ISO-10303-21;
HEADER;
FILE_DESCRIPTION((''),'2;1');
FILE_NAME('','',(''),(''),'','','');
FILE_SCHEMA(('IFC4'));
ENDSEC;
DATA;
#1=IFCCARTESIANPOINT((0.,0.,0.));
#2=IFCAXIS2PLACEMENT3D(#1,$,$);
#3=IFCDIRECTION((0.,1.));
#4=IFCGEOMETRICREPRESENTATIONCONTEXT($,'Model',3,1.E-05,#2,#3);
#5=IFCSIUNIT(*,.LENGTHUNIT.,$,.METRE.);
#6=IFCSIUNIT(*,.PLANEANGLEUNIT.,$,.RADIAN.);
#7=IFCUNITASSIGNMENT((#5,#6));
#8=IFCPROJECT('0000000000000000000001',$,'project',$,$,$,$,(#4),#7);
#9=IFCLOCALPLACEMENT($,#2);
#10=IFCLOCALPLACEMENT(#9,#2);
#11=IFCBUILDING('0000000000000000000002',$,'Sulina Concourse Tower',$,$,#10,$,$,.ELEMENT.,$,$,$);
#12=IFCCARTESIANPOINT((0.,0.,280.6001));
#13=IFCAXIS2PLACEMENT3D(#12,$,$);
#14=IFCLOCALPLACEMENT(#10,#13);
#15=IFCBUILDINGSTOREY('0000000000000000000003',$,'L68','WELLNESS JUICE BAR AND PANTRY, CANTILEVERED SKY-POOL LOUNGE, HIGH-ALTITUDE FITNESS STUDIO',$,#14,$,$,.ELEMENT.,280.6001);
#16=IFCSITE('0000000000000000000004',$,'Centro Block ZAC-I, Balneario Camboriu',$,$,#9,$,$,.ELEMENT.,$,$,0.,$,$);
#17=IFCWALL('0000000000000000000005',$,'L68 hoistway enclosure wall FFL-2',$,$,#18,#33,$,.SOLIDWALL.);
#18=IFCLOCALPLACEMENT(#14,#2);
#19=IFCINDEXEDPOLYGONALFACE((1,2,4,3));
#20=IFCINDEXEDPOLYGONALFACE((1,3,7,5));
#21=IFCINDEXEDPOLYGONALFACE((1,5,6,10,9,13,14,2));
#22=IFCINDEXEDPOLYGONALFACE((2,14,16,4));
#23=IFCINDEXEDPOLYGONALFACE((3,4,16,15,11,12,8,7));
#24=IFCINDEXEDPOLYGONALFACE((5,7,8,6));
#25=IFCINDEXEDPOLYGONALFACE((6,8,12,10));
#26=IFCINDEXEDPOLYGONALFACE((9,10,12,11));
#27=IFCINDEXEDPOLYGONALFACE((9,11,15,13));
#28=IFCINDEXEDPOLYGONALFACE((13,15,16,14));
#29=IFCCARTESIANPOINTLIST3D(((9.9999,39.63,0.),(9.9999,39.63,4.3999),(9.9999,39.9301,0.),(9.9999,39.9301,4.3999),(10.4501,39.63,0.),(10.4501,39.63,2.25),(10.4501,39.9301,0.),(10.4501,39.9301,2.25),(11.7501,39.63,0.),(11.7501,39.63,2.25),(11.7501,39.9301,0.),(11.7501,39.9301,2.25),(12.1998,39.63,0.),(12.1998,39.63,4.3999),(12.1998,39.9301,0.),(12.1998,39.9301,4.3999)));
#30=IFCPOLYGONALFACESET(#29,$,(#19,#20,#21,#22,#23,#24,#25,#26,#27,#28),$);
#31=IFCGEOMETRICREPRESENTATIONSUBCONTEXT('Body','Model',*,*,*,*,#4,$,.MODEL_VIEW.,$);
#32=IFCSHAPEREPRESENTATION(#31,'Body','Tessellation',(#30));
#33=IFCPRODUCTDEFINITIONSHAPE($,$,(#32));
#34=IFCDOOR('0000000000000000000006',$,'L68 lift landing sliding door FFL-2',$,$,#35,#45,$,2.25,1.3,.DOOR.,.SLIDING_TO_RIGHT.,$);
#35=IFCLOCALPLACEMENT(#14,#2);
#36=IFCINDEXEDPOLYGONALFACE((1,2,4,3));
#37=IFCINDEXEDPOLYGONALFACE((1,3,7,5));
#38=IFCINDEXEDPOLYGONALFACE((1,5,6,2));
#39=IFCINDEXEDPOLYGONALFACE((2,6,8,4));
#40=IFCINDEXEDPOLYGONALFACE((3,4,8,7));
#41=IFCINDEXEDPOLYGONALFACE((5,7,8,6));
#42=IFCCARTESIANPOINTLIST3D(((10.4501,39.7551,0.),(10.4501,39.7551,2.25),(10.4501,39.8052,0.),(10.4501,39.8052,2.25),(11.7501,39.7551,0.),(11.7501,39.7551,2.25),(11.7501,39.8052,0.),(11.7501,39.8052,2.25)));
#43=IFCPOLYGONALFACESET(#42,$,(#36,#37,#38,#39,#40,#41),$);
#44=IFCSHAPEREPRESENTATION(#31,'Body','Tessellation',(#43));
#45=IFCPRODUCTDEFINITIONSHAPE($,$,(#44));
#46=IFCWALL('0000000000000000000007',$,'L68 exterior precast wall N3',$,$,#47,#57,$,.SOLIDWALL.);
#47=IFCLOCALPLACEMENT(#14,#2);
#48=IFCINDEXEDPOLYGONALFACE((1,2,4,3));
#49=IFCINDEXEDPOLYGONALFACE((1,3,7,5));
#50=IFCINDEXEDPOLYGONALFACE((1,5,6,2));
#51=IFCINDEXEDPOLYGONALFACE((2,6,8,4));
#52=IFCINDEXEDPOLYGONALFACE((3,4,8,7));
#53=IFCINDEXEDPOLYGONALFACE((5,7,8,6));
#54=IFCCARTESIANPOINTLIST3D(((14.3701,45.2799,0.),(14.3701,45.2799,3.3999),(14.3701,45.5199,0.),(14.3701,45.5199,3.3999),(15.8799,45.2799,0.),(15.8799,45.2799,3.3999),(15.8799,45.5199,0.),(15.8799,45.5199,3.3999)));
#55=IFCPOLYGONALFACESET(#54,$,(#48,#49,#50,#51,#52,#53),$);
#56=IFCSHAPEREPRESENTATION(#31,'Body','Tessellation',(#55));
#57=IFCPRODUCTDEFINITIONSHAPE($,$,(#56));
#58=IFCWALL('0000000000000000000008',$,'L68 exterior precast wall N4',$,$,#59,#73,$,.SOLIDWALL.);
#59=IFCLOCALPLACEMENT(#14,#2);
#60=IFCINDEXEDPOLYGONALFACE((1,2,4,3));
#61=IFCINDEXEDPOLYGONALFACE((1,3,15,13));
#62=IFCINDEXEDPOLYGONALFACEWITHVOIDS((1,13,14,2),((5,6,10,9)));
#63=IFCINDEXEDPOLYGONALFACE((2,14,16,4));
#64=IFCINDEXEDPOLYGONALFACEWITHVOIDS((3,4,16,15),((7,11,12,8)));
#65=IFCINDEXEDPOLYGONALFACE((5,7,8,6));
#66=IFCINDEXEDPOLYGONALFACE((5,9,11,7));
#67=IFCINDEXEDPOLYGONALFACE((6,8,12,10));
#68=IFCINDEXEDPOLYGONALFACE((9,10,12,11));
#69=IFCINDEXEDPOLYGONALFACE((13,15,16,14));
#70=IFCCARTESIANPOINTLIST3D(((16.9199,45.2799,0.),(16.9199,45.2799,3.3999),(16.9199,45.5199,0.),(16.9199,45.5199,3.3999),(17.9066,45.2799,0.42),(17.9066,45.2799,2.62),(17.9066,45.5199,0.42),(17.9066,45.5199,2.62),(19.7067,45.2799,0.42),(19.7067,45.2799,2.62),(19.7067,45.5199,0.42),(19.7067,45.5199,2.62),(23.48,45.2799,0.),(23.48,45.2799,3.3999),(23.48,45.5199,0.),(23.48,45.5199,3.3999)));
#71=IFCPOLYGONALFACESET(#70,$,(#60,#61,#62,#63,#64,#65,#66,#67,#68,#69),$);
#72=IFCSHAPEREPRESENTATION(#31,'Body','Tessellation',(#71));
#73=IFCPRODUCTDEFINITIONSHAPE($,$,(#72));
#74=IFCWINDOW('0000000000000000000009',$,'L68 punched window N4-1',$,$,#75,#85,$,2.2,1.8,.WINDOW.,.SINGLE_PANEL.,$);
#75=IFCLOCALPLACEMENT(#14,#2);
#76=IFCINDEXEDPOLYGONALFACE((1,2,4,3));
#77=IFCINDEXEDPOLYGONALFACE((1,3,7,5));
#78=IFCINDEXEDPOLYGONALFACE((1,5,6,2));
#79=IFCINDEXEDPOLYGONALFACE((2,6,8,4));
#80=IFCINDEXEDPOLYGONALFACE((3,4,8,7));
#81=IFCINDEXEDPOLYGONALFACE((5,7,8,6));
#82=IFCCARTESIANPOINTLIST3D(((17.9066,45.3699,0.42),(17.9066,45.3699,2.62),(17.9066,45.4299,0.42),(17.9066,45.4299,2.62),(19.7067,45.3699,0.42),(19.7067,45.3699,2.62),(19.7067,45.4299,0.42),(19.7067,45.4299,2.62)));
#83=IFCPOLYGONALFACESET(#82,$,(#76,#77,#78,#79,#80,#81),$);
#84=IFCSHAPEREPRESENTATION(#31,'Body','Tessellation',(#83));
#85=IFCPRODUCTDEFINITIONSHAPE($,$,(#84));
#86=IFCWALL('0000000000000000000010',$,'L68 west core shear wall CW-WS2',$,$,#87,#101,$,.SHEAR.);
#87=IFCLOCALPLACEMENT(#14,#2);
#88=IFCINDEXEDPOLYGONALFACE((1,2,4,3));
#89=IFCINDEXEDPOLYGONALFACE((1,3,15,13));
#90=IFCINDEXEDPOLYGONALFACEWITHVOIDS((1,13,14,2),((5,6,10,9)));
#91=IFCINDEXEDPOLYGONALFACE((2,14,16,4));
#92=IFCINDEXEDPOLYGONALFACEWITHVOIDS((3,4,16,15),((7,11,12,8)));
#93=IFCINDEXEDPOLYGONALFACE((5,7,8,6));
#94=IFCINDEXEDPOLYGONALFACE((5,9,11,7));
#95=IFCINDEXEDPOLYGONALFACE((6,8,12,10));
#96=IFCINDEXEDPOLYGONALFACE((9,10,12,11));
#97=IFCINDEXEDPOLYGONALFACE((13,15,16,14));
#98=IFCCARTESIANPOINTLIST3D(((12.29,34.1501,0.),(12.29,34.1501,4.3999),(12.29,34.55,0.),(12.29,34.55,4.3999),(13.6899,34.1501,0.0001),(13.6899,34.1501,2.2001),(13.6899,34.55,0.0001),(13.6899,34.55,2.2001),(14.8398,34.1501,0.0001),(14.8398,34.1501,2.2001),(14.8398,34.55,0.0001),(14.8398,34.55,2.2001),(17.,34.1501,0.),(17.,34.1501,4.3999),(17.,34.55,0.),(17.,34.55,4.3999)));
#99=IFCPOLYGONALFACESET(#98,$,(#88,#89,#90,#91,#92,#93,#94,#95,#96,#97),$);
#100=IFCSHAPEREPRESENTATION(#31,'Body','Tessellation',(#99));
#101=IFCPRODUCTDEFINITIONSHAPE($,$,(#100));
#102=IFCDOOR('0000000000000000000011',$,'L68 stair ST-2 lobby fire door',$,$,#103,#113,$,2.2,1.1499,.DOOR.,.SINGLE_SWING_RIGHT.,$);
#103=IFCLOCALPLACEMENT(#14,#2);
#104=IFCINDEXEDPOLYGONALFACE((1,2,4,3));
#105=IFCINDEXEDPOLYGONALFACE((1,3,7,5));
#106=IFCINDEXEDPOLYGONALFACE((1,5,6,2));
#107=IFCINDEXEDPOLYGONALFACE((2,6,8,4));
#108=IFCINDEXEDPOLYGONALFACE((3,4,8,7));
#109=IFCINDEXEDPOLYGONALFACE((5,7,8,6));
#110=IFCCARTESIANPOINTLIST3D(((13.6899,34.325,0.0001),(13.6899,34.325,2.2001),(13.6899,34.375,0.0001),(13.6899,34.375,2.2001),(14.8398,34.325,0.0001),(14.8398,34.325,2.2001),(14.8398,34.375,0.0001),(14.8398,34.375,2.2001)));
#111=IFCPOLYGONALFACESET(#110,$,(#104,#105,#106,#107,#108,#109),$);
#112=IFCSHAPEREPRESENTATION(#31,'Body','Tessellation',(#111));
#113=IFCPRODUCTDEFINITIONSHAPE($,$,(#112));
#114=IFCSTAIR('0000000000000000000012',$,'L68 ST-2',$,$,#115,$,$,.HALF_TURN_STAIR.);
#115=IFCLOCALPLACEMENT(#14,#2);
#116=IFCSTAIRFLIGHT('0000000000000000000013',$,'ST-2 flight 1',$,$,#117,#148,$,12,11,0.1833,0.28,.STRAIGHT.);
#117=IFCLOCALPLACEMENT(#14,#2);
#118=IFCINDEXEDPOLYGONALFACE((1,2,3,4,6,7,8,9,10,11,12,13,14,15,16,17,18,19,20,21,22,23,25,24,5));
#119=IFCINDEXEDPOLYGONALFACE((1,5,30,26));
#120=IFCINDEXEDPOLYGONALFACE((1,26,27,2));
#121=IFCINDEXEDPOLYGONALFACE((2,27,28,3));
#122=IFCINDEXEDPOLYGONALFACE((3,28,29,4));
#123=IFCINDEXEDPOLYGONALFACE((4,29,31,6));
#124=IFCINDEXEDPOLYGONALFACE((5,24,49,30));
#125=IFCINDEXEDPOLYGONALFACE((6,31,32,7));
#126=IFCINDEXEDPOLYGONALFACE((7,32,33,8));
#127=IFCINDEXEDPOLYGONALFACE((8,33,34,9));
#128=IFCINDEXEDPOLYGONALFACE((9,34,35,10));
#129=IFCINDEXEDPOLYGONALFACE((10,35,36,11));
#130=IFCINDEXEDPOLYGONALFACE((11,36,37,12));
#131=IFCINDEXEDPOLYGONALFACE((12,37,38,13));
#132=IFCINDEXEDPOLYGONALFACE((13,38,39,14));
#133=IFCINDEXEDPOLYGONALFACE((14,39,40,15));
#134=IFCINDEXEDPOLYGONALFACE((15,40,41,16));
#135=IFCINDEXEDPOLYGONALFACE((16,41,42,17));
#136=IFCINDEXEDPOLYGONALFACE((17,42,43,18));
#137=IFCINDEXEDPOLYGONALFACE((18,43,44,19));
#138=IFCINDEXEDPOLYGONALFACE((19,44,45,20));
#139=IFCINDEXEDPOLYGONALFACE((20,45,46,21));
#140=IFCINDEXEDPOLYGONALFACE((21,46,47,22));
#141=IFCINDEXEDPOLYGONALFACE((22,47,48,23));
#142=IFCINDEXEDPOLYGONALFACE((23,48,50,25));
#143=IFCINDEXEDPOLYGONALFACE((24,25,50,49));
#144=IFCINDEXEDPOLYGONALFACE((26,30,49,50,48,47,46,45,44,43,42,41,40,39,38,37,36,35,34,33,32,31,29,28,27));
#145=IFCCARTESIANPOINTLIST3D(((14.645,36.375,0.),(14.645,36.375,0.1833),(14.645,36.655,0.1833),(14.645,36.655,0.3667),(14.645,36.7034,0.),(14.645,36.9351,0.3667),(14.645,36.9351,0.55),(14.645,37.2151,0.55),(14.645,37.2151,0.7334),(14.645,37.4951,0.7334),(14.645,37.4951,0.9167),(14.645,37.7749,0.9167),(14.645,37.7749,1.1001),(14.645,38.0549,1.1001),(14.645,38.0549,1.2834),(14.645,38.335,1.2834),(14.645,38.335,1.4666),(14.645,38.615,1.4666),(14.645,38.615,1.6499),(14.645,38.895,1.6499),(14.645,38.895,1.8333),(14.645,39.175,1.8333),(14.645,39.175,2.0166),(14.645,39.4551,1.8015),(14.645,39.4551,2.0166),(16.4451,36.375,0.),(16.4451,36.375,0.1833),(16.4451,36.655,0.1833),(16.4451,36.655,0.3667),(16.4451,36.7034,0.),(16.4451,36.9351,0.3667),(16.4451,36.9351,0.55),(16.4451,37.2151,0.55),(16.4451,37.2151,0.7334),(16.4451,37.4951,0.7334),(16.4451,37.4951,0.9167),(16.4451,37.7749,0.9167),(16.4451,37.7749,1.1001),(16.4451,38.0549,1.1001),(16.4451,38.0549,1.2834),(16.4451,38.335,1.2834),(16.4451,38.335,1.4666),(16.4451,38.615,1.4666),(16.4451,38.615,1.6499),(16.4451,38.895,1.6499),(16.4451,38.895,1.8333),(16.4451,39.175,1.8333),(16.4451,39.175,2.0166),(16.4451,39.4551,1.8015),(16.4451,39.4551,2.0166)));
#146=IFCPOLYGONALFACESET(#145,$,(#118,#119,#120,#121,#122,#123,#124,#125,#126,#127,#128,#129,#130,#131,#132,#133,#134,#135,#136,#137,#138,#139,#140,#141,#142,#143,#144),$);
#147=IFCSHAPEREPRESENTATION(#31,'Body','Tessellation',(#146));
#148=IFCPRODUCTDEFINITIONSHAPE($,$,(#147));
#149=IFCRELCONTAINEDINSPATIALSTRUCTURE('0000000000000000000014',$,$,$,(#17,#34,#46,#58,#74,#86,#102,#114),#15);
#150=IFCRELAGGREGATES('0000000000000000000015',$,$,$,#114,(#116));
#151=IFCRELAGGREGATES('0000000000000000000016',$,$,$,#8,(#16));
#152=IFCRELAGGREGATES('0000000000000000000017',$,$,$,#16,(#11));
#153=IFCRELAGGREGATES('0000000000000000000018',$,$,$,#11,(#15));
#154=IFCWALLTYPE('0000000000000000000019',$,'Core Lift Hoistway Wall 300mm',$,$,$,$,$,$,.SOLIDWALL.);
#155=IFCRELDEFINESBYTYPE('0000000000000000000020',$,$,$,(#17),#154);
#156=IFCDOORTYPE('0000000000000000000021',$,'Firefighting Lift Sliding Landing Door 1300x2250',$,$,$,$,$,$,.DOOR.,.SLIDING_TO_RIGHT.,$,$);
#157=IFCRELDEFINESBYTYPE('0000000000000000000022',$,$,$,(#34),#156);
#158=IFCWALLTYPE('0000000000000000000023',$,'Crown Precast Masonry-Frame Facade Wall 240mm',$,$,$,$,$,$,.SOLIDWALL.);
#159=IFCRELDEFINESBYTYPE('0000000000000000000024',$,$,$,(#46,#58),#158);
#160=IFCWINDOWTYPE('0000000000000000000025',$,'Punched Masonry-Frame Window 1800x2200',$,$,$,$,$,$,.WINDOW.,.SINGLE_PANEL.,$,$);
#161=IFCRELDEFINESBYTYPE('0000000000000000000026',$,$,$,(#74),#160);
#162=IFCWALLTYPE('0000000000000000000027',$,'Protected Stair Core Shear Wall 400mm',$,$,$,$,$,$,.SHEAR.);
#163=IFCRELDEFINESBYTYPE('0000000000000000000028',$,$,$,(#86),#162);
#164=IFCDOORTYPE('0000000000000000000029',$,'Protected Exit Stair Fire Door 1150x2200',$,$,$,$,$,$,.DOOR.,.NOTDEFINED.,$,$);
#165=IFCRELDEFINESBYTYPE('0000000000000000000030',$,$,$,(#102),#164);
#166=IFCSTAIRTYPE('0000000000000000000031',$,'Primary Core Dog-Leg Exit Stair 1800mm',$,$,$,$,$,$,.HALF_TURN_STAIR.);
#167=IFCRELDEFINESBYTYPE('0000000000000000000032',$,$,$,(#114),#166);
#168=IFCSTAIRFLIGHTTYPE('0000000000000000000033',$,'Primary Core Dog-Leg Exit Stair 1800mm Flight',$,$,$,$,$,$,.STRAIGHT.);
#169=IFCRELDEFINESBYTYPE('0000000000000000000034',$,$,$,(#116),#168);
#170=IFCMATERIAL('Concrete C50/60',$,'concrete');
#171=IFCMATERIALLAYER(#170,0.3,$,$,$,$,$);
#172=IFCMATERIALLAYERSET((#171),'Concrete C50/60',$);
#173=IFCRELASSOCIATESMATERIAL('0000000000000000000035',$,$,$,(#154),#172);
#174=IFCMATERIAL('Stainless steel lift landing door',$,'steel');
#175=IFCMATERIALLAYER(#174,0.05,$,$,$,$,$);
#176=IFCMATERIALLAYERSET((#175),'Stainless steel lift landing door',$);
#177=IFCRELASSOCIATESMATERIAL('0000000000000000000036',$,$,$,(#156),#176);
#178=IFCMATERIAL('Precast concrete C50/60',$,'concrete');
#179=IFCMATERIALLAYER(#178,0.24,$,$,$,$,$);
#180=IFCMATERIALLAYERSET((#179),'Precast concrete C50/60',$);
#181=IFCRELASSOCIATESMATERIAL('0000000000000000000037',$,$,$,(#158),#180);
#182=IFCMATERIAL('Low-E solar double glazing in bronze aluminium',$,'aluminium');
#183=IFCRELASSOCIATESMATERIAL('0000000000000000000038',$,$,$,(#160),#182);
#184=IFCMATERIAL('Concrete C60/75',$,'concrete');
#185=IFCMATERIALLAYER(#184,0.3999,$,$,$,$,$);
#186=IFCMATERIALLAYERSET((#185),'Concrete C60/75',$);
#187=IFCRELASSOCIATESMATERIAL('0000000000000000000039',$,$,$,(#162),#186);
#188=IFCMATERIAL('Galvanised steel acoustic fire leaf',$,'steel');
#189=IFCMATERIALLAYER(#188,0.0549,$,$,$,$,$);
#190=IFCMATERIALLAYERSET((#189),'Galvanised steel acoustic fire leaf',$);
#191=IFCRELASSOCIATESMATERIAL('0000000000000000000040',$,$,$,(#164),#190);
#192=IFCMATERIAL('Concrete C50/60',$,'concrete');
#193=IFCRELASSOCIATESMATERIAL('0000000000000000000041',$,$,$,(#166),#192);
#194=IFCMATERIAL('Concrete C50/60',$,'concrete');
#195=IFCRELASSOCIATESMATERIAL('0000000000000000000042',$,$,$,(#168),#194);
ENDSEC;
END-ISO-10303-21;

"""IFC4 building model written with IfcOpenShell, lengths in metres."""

from ifc_helpers import new_model, si_unit, direction, frame, frame_2d, origin, place, context, subcontext, project, spatial, polyline, rectangle, outline, extrude, material, layer, layer_set, type_object, element, fill, aggregate, save


model = new_model("IFC4")

# Units and contexts
model_context = context("Model", 3, precision=1e-05, world=origin(), true_north=direction((0.0, 1.0)))
body_context = subcontext(model_context, "Body", "Model", "MODEL_VIEW")
ifc_project = project(units=[si_unit("LENGTHUNIT", "METRE"), si_unit("PLANEANGLEUNIT", "RADIAN")], contexts=[model_context])

# Site, building, storey
site_placement = place(None, origin())
site = spatial("IfcSite", under=ifc_project, at=site_placement, Name="Centro Block ZAC-I, Balneario Camboriu", CompositionType="ELEMENT", RefElevation=0.0)
building_placement = place(site_placement, origin())
building = spatial("IfcBuilding", under=site, at=building_placement, Name="Sulina Concourse Tower", CompositionType="ELEMENT")
storey_placement = place(building_placement, frame((0.0, 0.0, 280.6001)))
storey = spatial("IfcBuildingStorey", under=building, at=storey_placement, Name="L68", Description="WELLNESS JUICE BAR AND PANTRY, CANTILEVERED SKY-POOL LOUNGE, HIGH-ALTITUDE FITNESS STUDIO", CompositionType="ELEMENT", Elevation=280.6001)

# Wall, opening, door
ifc_material_1 = material(Name="Concrete C50/60", Category="concrete")
ifc_layer_1 = layer(ifc_material_1, 0.3)
ifc_layer_set_1 = layer_set([ifc_layer_1], Name="Concrete C50/60")
wall_type_1 = type_object("IfcWallType", Name="Core Lift Hoistway Wall 300mm", PredefinedType="SOLIDWALL", material=ifc_layer_set_1)
ifc_material_2 = material(Name="Stainless steel lift landing door", Category="steel")
ifc_layer_2 = layer(ifc_material_2, 0.05)
ifc_layer_set_2 = layer_set([ifc_layer_2], Name="Stainless steel lift landing door")
door_type_1 = type_object("IfcDoorType", Name="Firefighting Lift Sliding Landing Door 1300x2250", OperationType="SLIDING_TO_RIGHT", PredefinedType="DOOR", material=ifc_layer_set_2)
wall_1_placement = place(storey_placement, frame((12.2, 39.78, 0.0), z_axis=(0.0, 0.0, 1.0), x_axis=(-1.0, 0.0, 0.0)))
wall_1 = element("IfcWall", 1, at=wall_1_placement, inside=storey, type_object=wall_type_1, Name="L68 hoistway enclosure wall FFL-2", PredefinedType="SOLIDWALL", context=body_context, shape_type="SweptSolid", body=[
    extrude(rectangle(XDim=2.2, YDim=0.3, at=frame_2d((1.1001, 0.0))), origin(), (0.0, 0.0, 1.0), 4.3999),
])
opening_1_placement = place(wall_1_placement, frame((0.45, 0.0, 0.0)))
opening_1 = element("IfcOpeningElement", 2, at=opening_1_placement, cuts=wall_1, PredefinedType="OPENING", context=body_context, shape_type="SweptSolid", body=[
    extrude(rectangle(XDim=1.3, YDim=2.25, at=frame_2d((0.6499, 1.125))), frame((0.0, 0.1599, 0.0), z_axis=(0.0, -1.0, 0.0), x_axis=(1.0, 0.0, 0.0)), (0.0, 0.0, 1.0), 0.3201),
])
door_1_placement = place(opening_1_placement, origin())
door_1 = element("IfcDoor", 3, at=door_1_placement, inside=storey, type_object=door_type_1, Name="L68 lift landing sliding door FFL-2", OperationType="SLIDING_TO_RIGHT", OverallHeight=2.25, OverallWidth=1.3, PredefinedType="DOOR", context=body_context, shape_type="SweptSolid", body=[
    extrude(rectangle(XDim=1.3, YDim=2.25, at=frame_2d((0.6499, 1.125))), frame((0.0, 0.0249, 0.0), z_axis=(0.0, -1.0, 0.0), x_axis=(1.0, 0.0, 0.0)), (0.0, 0.0, 1.0), 0.05),
])
fill(opening_1, door_1)

# Wall
ifc_material_3 = material(Name="Precast concrete C50/60", Category="concrete")
ifc_layer_3 = layer(ifc_material_3, 0.24)
ifc_layer_set_3 = layer_set([ifc_layer_3], Name="Precast concrete C50/60")
wall_type_2 = type_object("IfcWallType", Name="Crown Precast Masonry-Frame Facade Wall 240mm", PredefinedType="SOLIDWALL", material=ifc_layer_set_3)
wall_2_placement = place(storey_placement, frame((14.3701, 45.3999, 0.0), z_axis=(0.0, 0.0, 1.0), x_axis=(1.0, 0.0, 0.0)))
element("IfcWall", 4, at=wall_2_placement, inside=storey, type_object=wall_type_2, Name="L68 exterior precast wall N3", PredefinedType="SOLIDWALL", context=body_context, shape_type="SweptSolid", body=[
    extrude(rectangle(XDim=1.5098, YDim=0.24, at=frame_2d((0.7549, 0.0))), origin(), (0.0, 0.0, 1.0), 3.3999),
])

# Wall, opening, window
wall_3_placement = place(storey_placement, frame((16.9199, 45.3999, 0.0), z_axis=(0.0, 0.0, 1.0), x_axis=(1.0, 0.0, 0.0)))
wall_3 = element("IfcWall", 5, at=wall_3_placement, inside=storey, type_object=wall_type_2, Name="L68 exterior precast wall N4", PredefinedType="SOLIDWALL", context=body_context, shape_type="SweptSolid", body=[
    extrude(rectangle(XDim=6.5601, YDim=0.24, at=frame_2d((3.28, 0.0))), origin(), (0.0, 0.0, 1.0), 3.3999),
])
opening_2_placement = place(wall_3_placement, frame((0.9868, 0.0, 0.4199)))
opening_2 = element("IfcOpeningElement", 6, at=opening_2_placement, cuts=wall_3, PredefinedType="OPENING", context=body_context, shape_type="SweptSolid", body=[
    extrude(rectangle(XDim=1.8, YDim=2.2, at=frame_2d((0.8999, 1.1001))), frame((0.0, 0.1299, 0.0), z_axis=(0.0, -1.0, 0.0), x_axis=(1.0, 0.0, 0.0)), (0.0, 0.0, 1.0), 0.26),
])
ifc_material_4 = material(Name="Low-E solar double glazing in bronze aluminium", Category="aluminium")
window_type = type_object("IfcWindowType", Name="Punched Masonry-Frame Window 1800x2200", PartitioningType="SINGLE_PANEL", PredefinedType="WINDOW", material=ifc_material_4)
window_placement = place(opening_2_placement, origin())
window = element("IfcWindow", 7, at=window_placement, inside=storey, type_object=window_type, Name="L68 punched window N4-1", OverallHeight=2.2, OverallWidth=1.8, PartitioningType="SINGLE_PANEL", PredefinedType="WINDOW", context=body_context, shape_type="SweptSolid", body=[
    extrude(rectangle(XDim=1.8, YDim=2.2, at=frame_2d((0.8999, 1.1001))), frame((0.0, 0.03, 0.0), z_axis=(0.0, -1.0, 0.0), x_axis=(1.0, 0.0, 0.0)), (0.0, 0.0, 1.0), 0.0601),
])
fill(opening_2, window)

# Wall, opening, door
ifc_material_5 = material(Name="Concrete C60/75", Category="concrete")
ifc_layer_4 = layer(ifc_material_5, 0.3999)
ifc_layer_set_4 = layer_set([ifc_layer_4], Name="Concrete C60/75")
wall_type_3 = type_object("IfcWallType", Name="Protected Stair Core Shear Wall 400mm", PredefinedType="SHEAR", material=ifc_layer_set_4)
wall_4_placement = place(storey_placement, frame((12.29, 34.3501, 0.0), z_axis=(0.0, 0.0, 1.0), x_axis=(1.0, 0.0, 0.0)))
wall_4 = element("IfcWall", 8, at=wall_4_placement, inside=storey, type_object=wall_type_3, Name="L68 west core shear wall CW-WS2", PredefinedType="SHEAR", context=body_context, shape_type="SweptSolid", body=[
    extrude(rectangle(XDim=4.71, YDim=0.3999, at=frame_2d((2.355, 0.0))), origin(), (0.0, 0.0, 1.0), 4.3999),
])
opening_3_placement = place(wall_4_placement, frame((1.3999, 0.0, 0.0)))
opening_3 = element("IfcOpeningElement", 9, at=opening_3_placement, cuts=wall_4, PredefinedType="OPENING", context=body_context, shape_type="SweptSolid", body=[
    extrude(rectangle(XDim=1.1499, YDim=2.2, at=frame_2d((0.575, 1.1001))), frame((0.0, 0.21, 0.0), z_axis=(0.0, -1.0, 0.0), x_axis=(1.0, 0.0, 0.0)), (0.0, 0.0, 1.0), 0.4199),
])
ifc_material_6 = material(Name="Galvanised steel acoustic fire leaf", Category="steel")
ifc_layer_5 = layer(ifc_material_6, 0.0549)
ifc_layer_set_5 = layer_set([ifc_layer_5], Name="Galvanised steel acoustic fire leaf")
door_type_2 = type_object("IfcDoorType", Name="Protected Exit Stair Fire Door 1150x2200", OperationType="NOTDEFINED", PredefinedType="DOOR", material=ifc_layer_set_5)
door_2_placement = place(opening_3_placement, origin())
door_2 = element("IfcDoor", 10, at=door_2_placement, inside=storey, type_object=door_type_2, Name="L68 stair ST-2 lobby fire door", OperationType="SINGLE_SWING_RIGHT", OverallHeight=2.2, OverallWidth=1.1499, PredefinedType="DOOR", context=body_context, shape_type="SweptSolid", body=[
    extrude(rectangle(XDim=1.1499, YDim=2.2, at=frame_2d((0.575, 1.1001))), frame((0.0, 0.0249, 0.0), z_axis=(0.0, -1.0, 0.0), x_axis=(1.0, 0.0, 0.0)), (0.0, 0.0, 1.0), 0.05),
])
fill(opening_3, door_2)

# Stair, stair flight
ifc_material_7 = material(Name="Concrete C50/60", Category="concrete")
stair_type = type_object("IfcStairType", Name="Primary Core Dog-Leg Exit Stair 1800mm", PredefinedType="HALF_TURN_STAIR", material=ifc_material_7)
stair_placement = place(storey_placement, origin())
stair = element("IfcStair", 11, at=stair_placement, inside=storey, type_object=stair_type, Name="L68 ST-2", PredefinedType="HALF_TURN_STAIR")
ifc_material_8 = material(Name="Concrete C50/60", Category="concrete")
stair_flight_type = type_object("IfcStairFlightType", Name="Primary Core Dog-Leg Exit Stair 1800mm Flight", PredefinedType="STRAIGHT", material=ifc_material_8)
stair_flight_1_placement = place(storey_placement, frame((15.5449, 36.375, 0.0), z_axis=(0.0, 0.0, 1.0), x_axis=(0.0, 1.0, 0.0)))
stair_flight_1 = element("IfcStairFlight", 12, at=stair_flight_1_placement, type_object=stair_flight_type, Name="ST-2 flight 1", NumberOfRisers=12, NumberOfTreads=11, PredefinedType="STRAIGHT", RiserHeight=0.1833, TreadLength=0.28, context=body_context, shape_type="SweptSolid", body=[
    extrude(outline(polyline([(0.0, 0.0), (0.0, 0.1833), (0.28, 0.1833), (0.28, 0.3667), (0.5601, 0.3667), (0.5601, 0.55), (0.8401, 0.55), (0.8401, 0.7334), (1.1201, 0.7334), (1.1201, 0.9167), (1.3999, 0.9167), (1.3999, 1.1001), (1.6799, 1.1001), (1.6799, 1.2834), (1.96, 1.2834), (1.96, 1.4666), (2.24, 1.4666), (2.24, 1.6499), (2.52, 1.6499), (2.52, 1.8333), (2.8, 1.8333), (2.8, 2.0166), (3.0801, 2.0166), (3.0801, 2.2), (3.0801, 1.8015), (0.3284, 0.0), (0.0, 0.0)])), frame((0.0, 0.8999, 0.0), z_axis=(0.0, -1.0, 0.0), x_axis=(1.0, 0.0, 0.0)), (0.0, 0.0, 1.0), 1.8),
])
aggregate(stair, [stair_flight_1])

save(model, "model.ifc")
